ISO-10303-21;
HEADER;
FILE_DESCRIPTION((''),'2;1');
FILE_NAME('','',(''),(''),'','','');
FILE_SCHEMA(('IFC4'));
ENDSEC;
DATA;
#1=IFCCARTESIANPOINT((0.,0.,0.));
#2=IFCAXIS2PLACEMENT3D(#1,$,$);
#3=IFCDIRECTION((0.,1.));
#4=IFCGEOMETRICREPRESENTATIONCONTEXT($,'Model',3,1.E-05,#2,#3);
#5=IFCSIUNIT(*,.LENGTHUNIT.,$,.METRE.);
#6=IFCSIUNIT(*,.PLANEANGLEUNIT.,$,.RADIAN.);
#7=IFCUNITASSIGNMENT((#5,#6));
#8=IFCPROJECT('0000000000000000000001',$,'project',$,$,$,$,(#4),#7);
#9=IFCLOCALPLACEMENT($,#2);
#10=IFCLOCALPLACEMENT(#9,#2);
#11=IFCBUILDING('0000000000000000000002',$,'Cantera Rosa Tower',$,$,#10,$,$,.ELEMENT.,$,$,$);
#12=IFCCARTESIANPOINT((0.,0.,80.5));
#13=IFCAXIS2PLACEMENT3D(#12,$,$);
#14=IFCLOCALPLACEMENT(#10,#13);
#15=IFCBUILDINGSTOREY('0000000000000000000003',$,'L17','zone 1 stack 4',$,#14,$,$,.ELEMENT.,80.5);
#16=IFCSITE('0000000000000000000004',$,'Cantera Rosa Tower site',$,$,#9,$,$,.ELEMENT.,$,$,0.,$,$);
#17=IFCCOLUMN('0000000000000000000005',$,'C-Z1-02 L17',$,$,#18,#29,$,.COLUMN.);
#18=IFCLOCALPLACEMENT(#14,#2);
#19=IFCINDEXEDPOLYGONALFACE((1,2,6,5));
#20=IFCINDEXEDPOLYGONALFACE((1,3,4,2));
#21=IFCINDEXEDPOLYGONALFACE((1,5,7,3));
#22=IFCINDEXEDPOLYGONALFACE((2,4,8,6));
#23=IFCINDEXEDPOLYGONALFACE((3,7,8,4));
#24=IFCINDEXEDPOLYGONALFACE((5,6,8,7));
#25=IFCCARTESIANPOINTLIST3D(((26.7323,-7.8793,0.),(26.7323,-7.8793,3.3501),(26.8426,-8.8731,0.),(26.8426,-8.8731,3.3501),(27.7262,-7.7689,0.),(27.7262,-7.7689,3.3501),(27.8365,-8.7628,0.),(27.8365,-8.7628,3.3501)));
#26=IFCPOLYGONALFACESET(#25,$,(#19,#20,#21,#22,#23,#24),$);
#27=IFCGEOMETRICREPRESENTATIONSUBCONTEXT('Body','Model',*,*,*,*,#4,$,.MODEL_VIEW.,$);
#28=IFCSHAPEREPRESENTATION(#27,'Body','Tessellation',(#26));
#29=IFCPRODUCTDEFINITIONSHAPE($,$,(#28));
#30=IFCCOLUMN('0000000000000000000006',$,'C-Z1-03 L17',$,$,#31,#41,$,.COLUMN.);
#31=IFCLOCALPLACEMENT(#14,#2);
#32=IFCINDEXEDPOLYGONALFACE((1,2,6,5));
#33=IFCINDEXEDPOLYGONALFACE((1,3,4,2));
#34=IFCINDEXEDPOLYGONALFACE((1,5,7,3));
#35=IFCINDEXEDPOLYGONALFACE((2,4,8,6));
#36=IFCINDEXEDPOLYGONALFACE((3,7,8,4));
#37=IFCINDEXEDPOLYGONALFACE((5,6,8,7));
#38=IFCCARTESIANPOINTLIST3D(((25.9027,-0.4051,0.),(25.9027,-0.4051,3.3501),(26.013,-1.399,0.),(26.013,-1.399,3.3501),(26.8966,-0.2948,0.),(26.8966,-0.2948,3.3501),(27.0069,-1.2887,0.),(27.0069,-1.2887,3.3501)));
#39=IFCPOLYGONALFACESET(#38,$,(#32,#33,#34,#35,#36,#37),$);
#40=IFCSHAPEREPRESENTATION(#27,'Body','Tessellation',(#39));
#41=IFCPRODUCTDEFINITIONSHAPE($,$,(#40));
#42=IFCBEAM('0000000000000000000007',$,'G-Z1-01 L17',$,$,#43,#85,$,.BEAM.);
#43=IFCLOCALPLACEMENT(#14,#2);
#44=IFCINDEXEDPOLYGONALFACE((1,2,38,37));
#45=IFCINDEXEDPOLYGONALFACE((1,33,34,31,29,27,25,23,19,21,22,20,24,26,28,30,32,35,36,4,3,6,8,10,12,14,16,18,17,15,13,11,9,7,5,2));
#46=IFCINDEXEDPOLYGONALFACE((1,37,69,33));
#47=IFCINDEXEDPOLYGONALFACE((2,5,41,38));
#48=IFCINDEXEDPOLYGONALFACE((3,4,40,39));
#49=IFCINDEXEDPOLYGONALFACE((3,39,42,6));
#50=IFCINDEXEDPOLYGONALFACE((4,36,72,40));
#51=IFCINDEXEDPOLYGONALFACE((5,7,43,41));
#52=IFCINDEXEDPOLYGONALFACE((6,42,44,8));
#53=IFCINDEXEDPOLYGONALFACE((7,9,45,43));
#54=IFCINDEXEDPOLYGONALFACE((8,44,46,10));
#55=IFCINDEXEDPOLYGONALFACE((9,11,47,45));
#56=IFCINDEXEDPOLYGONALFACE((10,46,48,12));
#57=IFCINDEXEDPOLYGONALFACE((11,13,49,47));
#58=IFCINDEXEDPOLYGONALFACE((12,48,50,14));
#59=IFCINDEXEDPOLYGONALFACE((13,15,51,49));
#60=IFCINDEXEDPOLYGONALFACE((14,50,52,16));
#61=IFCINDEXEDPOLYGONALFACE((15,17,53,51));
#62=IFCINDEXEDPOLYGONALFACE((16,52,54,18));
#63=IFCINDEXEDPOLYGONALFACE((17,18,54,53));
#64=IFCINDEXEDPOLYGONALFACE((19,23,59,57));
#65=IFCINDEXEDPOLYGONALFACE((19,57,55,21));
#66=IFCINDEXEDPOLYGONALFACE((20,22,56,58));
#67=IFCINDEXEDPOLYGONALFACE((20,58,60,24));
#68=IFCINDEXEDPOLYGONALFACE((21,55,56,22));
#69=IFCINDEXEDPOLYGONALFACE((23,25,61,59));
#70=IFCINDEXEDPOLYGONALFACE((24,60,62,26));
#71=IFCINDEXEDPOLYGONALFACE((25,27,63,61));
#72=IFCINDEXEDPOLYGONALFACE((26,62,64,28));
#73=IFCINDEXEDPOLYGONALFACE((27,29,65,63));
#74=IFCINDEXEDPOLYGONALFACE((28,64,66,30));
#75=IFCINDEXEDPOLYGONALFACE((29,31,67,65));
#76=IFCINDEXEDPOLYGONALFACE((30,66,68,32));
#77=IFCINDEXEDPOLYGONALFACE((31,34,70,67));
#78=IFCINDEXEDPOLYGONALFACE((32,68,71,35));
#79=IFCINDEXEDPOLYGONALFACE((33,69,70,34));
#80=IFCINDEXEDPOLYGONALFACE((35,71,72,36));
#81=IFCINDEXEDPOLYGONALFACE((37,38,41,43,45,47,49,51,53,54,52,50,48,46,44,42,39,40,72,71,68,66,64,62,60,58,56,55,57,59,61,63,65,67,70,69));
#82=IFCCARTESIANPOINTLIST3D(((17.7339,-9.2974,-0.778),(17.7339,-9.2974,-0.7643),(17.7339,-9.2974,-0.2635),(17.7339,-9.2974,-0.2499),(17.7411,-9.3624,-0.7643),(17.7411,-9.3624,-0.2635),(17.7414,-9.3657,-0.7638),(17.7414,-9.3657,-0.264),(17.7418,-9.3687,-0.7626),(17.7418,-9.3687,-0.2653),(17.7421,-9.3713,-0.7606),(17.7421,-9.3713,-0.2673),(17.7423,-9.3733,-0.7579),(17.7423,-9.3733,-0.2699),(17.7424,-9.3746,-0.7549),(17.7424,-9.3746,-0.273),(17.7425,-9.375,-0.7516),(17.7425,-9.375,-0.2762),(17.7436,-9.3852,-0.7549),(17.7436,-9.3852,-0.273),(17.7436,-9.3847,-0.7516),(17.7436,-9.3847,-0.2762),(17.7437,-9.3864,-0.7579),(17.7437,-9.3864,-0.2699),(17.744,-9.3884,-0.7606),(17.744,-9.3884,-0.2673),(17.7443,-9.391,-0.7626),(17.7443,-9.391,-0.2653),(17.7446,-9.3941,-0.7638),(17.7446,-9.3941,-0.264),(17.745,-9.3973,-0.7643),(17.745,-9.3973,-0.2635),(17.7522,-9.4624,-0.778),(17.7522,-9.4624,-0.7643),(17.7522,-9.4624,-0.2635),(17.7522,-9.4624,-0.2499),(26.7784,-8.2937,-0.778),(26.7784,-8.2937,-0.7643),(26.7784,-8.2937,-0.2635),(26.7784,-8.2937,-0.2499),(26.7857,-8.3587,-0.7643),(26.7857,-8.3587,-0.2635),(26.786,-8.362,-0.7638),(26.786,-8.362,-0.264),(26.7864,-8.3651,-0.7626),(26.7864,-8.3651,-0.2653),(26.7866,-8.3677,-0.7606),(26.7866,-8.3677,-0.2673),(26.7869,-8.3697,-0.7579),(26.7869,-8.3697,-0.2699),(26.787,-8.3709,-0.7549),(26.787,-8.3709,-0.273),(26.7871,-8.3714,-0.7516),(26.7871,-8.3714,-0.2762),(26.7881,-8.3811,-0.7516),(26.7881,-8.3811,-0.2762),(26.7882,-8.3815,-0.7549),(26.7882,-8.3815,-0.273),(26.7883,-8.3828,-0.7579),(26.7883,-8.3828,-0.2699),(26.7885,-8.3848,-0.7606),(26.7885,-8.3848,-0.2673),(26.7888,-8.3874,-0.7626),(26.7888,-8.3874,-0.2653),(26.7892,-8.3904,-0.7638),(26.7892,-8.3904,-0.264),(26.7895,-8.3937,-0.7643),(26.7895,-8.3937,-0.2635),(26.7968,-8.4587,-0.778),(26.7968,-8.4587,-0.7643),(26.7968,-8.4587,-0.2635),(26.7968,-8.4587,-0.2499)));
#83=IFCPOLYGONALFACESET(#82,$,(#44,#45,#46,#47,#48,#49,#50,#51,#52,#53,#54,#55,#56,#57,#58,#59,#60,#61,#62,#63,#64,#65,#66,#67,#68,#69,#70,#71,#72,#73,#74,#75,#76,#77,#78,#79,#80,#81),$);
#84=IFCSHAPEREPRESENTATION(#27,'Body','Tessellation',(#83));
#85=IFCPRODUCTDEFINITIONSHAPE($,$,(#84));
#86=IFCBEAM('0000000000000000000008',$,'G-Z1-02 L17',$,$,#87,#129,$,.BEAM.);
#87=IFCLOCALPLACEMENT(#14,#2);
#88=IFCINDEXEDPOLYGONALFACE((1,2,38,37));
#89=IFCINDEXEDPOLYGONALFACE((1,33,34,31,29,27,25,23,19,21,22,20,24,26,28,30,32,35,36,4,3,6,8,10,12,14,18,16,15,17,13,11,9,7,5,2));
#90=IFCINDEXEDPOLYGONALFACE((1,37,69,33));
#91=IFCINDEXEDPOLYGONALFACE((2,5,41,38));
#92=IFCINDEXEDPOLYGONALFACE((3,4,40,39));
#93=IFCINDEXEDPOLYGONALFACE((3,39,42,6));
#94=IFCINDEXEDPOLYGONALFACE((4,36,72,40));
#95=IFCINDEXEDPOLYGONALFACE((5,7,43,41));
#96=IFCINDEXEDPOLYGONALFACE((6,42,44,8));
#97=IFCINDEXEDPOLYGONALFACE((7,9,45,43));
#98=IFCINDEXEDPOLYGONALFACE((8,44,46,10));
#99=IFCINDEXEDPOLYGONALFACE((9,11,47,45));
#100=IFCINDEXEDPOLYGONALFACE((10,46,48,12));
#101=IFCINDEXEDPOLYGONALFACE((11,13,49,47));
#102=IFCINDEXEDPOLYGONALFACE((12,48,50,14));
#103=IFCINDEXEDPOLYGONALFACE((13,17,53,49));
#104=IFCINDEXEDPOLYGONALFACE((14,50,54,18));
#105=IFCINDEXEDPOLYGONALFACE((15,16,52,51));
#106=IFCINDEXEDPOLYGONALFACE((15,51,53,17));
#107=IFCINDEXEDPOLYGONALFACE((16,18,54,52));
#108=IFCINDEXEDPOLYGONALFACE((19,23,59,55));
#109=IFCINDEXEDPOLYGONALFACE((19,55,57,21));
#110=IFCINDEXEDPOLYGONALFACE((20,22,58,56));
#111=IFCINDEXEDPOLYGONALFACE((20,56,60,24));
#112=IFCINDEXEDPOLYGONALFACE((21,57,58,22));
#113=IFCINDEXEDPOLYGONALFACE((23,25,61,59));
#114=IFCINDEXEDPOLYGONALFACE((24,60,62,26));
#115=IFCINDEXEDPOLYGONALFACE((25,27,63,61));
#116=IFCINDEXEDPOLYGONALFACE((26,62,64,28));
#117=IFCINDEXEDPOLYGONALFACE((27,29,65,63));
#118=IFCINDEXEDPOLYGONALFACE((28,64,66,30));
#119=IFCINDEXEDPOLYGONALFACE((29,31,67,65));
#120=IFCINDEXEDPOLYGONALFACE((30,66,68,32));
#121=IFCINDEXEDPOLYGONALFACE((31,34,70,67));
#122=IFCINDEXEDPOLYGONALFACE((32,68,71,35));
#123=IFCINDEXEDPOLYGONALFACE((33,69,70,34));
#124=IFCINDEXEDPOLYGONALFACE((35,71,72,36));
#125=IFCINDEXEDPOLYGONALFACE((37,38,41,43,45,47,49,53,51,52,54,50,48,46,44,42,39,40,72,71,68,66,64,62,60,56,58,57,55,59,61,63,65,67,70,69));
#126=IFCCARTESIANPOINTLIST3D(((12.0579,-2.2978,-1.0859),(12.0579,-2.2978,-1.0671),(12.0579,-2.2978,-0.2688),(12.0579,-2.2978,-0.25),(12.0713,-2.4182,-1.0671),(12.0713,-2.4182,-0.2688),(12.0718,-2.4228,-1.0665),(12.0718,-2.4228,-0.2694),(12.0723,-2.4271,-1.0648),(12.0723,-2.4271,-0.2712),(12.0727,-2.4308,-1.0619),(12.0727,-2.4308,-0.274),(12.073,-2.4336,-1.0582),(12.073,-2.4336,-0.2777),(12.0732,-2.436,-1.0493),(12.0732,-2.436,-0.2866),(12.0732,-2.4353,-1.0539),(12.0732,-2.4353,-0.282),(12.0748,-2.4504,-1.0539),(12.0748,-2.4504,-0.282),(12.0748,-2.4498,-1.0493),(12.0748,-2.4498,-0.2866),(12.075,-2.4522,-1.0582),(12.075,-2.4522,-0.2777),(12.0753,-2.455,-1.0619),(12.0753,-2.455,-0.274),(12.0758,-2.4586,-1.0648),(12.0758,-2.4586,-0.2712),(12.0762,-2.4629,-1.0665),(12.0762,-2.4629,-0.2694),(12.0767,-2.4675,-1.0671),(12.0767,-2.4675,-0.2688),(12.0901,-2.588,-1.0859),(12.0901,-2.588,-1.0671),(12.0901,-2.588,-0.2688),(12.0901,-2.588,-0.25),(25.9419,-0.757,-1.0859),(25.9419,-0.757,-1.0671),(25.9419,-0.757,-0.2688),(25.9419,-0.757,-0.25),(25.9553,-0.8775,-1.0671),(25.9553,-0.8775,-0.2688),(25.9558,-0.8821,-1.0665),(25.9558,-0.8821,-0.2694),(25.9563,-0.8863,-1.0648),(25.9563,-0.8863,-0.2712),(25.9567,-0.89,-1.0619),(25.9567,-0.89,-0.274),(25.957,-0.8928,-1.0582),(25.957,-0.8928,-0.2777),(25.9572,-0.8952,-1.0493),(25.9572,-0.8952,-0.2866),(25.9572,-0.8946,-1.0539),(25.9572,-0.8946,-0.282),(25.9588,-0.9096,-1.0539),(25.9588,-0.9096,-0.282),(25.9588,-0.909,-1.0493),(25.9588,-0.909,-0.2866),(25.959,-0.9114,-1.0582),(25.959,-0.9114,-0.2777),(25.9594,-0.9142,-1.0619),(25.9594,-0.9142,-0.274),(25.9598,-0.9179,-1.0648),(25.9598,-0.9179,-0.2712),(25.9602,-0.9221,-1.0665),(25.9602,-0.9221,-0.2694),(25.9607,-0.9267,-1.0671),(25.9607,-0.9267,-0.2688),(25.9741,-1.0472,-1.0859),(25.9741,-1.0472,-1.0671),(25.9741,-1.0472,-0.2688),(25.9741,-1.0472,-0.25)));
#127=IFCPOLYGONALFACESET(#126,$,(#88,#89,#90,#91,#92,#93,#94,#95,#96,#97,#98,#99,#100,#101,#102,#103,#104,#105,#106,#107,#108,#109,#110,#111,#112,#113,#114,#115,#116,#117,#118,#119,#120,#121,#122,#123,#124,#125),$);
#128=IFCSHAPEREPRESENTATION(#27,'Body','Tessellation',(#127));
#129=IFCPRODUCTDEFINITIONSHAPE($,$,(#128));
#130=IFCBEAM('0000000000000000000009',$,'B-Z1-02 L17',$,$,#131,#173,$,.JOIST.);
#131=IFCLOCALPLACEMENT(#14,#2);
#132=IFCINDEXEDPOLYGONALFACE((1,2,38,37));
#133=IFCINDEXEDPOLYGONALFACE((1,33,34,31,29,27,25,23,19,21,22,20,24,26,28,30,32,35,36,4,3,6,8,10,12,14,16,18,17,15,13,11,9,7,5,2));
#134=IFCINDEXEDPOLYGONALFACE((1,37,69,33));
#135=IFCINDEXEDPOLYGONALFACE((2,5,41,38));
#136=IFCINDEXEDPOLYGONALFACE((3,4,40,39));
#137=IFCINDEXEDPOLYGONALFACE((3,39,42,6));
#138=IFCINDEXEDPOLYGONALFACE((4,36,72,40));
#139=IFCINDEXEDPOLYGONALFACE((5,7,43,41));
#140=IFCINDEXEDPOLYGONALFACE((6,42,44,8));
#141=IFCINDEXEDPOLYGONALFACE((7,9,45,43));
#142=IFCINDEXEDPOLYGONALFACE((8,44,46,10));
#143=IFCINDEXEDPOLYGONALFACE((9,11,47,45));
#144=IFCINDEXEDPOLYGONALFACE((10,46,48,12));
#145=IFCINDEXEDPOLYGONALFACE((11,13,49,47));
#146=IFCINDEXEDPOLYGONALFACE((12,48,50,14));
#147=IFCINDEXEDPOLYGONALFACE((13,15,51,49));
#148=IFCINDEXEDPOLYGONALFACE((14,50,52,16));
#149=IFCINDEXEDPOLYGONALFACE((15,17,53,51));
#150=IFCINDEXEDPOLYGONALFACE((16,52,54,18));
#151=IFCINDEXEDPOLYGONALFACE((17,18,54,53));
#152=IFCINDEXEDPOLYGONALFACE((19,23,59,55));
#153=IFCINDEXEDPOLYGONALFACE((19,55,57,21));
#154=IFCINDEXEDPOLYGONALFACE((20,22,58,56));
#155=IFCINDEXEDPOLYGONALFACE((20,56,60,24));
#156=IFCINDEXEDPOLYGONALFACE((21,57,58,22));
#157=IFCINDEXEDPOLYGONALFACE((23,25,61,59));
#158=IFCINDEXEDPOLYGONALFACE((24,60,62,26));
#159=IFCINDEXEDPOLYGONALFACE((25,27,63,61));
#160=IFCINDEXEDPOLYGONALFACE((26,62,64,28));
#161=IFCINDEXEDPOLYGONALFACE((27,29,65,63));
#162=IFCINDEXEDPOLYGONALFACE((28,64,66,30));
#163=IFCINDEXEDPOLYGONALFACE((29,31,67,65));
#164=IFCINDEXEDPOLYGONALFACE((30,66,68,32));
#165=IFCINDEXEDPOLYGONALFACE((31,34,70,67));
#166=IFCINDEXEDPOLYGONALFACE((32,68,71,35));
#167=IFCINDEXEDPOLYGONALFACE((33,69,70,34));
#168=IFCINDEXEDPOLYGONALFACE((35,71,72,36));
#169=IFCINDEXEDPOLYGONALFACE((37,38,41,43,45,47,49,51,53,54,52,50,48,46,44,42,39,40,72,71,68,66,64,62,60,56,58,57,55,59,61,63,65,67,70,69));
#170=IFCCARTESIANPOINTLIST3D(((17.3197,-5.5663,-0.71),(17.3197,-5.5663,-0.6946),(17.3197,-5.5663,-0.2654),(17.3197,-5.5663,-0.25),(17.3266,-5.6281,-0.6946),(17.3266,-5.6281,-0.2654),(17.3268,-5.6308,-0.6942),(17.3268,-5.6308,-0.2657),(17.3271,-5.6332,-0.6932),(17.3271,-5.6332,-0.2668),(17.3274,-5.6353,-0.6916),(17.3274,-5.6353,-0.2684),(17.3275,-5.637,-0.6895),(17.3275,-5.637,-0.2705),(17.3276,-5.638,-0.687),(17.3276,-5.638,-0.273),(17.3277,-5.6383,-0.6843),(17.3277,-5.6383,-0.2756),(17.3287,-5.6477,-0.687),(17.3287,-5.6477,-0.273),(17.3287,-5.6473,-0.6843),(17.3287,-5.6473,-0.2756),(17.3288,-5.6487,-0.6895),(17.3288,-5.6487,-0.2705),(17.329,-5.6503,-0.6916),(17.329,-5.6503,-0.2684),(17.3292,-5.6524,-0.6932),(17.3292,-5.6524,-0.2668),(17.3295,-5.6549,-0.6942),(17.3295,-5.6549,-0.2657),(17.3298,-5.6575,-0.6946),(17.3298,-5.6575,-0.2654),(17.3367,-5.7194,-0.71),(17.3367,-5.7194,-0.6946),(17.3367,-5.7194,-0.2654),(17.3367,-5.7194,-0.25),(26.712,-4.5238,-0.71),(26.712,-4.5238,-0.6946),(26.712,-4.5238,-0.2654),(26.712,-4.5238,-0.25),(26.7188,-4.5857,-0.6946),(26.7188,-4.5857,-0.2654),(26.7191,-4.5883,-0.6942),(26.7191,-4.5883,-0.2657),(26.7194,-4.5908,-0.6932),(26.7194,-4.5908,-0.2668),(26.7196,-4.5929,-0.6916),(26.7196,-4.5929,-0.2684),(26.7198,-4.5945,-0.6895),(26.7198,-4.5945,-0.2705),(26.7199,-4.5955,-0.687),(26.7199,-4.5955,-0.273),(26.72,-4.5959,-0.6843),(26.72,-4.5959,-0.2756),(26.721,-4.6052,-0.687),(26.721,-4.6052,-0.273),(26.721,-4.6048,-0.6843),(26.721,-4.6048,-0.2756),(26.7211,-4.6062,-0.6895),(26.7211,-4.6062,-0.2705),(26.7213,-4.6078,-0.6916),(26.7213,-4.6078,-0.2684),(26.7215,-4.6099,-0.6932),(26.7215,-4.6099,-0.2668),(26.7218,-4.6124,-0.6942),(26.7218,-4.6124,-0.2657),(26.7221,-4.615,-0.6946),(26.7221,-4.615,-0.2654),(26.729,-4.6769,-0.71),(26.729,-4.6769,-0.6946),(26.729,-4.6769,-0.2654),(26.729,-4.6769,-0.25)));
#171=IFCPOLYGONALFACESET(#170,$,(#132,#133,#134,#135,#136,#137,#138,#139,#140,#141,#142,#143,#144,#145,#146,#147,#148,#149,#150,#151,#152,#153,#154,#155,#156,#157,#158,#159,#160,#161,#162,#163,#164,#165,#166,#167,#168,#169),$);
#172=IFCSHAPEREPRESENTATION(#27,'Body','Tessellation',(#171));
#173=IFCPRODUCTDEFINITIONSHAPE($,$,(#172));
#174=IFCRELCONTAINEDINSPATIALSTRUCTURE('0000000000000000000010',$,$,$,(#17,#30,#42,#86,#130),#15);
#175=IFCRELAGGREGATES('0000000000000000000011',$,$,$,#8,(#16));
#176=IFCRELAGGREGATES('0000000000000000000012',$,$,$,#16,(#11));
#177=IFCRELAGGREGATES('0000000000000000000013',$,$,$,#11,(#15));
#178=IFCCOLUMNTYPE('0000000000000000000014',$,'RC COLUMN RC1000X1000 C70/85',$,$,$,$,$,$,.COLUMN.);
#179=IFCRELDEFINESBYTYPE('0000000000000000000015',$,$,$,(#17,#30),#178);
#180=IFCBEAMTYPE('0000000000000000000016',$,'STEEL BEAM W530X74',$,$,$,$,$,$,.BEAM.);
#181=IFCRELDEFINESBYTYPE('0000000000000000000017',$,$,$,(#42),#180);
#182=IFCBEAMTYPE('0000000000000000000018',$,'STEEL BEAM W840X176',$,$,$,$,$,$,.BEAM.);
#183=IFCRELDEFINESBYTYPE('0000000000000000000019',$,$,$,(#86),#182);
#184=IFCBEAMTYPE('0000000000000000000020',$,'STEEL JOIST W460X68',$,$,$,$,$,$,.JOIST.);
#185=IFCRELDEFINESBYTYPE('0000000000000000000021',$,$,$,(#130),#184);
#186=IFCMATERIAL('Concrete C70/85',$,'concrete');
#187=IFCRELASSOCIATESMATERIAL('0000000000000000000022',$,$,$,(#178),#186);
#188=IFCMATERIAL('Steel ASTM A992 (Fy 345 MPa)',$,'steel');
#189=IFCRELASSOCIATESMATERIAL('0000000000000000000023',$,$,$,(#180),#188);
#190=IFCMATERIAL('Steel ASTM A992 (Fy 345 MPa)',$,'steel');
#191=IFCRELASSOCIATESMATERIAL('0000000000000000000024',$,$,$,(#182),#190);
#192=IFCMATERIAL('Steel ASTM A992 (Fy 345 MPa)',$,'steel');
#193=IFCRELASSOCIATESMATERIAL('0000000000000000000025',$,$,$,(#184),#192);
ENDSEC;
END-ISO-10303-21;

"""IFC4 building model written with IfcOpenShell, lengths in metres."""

from ifc_helpers import new_model, si_unit, direction, frame, origin, origin_2d, place, context, subcontext, project, spatial, rectangle, i_section, extrude, material, material_profile, profile_set, type_object, element, save


model = new_model("IFC4")

# Units and contexts
model_context = context("Model", 3, precision=1e-05, world=origin(), true_north=direction((0.0, 1.0)))
body_context = subcontext(model_context, "Body", "Model", "MODEL_VIEW")
ifc_project = project(units=[si_unit("LENGTHUNIT", "METRE"), si_unit("PLANEANGLEUNIT", "RADIAN")], contexts=[model_context])

# Site, building, storey
site_placement = place(None, origin())
site = spatial("IfcSite", under=ifc_project, at=site_placement, Name="Cantera Rosa Tower site", CompositionType="ELEMENT", RefElevation=0.0)
building_placement = place(site_placement, origin())
building = spatial("IfcBuilding", under=site, at=building_placement, Name="Cantera Rosa Tower", CompositionType="ELEMENT")
storey_placement = place(building_placement, frame((0.0, 0.0, 80.5)))
storey = spatial("IfcBuildingStorey", under=building, at=storey_placement, Name="L17", Description="zone 1 stack 4", CompositionType="ELEMENT", Elevation=80.5)

# Columns
ifc_material_1 = material(Name="Concrete C70/85", Category="concrete")
ifc_material_profile_1 = material_profile(ifc_material_1, rectangle(XDim=1.0, YDim=1.0, at=origin_2d()), Name="RC COLUMN RC1000X1000 C70/85")
ifc_profile_set_1 = profile_set([ifc_material_profile_1], Name="Concrete C70/85")
column_type = type_object("IfcColumnType", Name="RC COLUMN RC1000X1000 C70/85", PredefinedType="COLUMN", material=ifc_profile_set_1)
for number, where, z_axis, x_axis, name in (
    (1, (27.2844, -8.321, 0.0), (0.0, 0.0, 1.0), (0.993897, 0.110313, 0.0), "C-Z1-02 L17"),
    (2, (26.4548, -0.8469, 0.0), (0.0, 0.0, 1.0), (0.993897, 0.110313, 0.0), "C-Z1-03 L17"),
):
    element("IfcColumn", number, at=place(storey_placement, frame(where, z_axis=z_axis, x_axis=x_axis)), inside=storey, type_object=column_type, Name=name, PredefinedType="COLUMN", context=body_context, shape_type="SweptSolid", body=[
        extrude(rectangle(XDim=1.0, YDim=1.0, at=origin_2d()), origin(), (0.0, 0.0, 1.0), 3.3501),
    ])

# Beams
ifc_material_2 = material(Name="Steel ASTM A992 (Fy 345 MPa)", Category="steel")
ifc_material_profile_2 = material_profile(ifc_material_2, i_section(OverallWidth=0.166, OverallDepth=0.5281, WebThickness=0.0098, FlangeThickness=0.0137, FilletRadius=0.0127, at=origin_2d()), Name="W530X74")
ifc_profile_set_2 = profile_set([ifc_material_profile_2], Name="Steel ASTM A992 (Fy 345 MPa)")
beam_type_1 = type_object("IfcBeamType", Name="STEEL BEAM W530X74", PredefinedType="BEAM", material=ifc_profile_set_2)
beam_1_placement = place(storey_placement, frame((26.7876, -8.3762, -0.5139), z_axis=(-0.993899, -0.11029, 0.0), x_axis=(0.11029, -0.993899, 0.0)))
element("IfcBeam", 3, at=beam_1_placement, inside=storey, type_object=beam_type_1, Name="G-Z1-01 L17", PredefinedType="BEAM", context=body_context, shape_type="SweptSolid", body=[
    extrude(i_section(OverallWidth=0.166, OverallDepth=0.5281, WebThickness=0.0098, FlangeThickness=0.0137, FilletRadius=0.0127, at=origin_2d()), origin(), (0.0, 0.0, 1.0), 9.1001),
])
ifc_material_3 = material(Name="Steel ASTM A992 (Fy 345 MPa)", Category="steel")
ifc_material_profile_3 = material_profile(ifc_material_3, i_section(OverallWidth=0.292, OverallDepth=0.8359, WebThickness=0.0139, FlangeThickness=0.0188, FilletRadius=0.0178, at=origin_2d()), Name="W840X176")
ifc_profile_set_3 = profile_set([ifc_material_profile_3], Name="Steel ASTM A992 (Fy 345 MPa)")
beam_type_2 = type_object("IfcBeamType", Name="STEEL BEAM W840X176", PredefinedType="BEAM", material=ifc_profile_set_3)
beam_2_placement = place(storey_placement, frame((25.958, -0.9021, -0.668), z_axis=(-0.993899, -0.110297, 0.0), x_axis=(0.110297, -0.993899, 0.0)))
element("IfcBeam", 4, at=beam_2_placement, inside=storey, type_object=beam_type_2, Name="G-Z1-02 L17", PredefinedType="BEAM", context=body_context, shape_type="SweptSolid", body=[
    extrude(i_section(OverallWidth=0.292, OverallDepth=0.8359, WebThickness=0.0139, FlangeThickness=0.0188, FilletRadius=0.0178, at=origin_2d()), origin(), (0.0, 0.0, 1.0), 13.9692),
])
ifc_material_4 = material(Name="Steel ASTM A992 (Fy 345 MPa)", Category="steel")
ifc_material_profile_4 = material_profile(ifc_material_4, i_section(OverallWidth=0.1541, OverallDepth=0.46, WebThickness=0.009, FlangeThickness=0.0154, FilletRadius=0.0103, at=origin_2d()), Name="W460X68")
ifc_profile_set_4 = profile_set([ifc_material_profile_4], Name="Steel ASTM A992 (Fy 345 MPa)")
beam_type_3 = type_object("IfcBeamType", Name="STEEL JOIST W460X68", PredefinedType="JOIST", material=ifc_profile_set_4)
beam_3_placement = place(storey_placement, frame((26.7205, -4.6003, -0.48), z_axis=(-0.993897, -0.110315, 0.0), x_axis=(0.110315, -0.993897, 0.0)))
element("IfcBeam", 5, at=beam_3_placement, inside=storey, type_object=beam_type_3, Name="B-Z1-02 L17", PredefinedType="JOIST", context=body_context, shape_type="SweptSolid", body=[
    extrude(i_section(OverallWidth=0.1541, OverallDepth=0.46, WebThickness=0.009, FlangeThickness=0.0154, FilletRadius=0.0103, at=origin_2d()), origin(), (0.0, 0.0, 1.0), 9.45),
])

save(model, "model.ifc")
